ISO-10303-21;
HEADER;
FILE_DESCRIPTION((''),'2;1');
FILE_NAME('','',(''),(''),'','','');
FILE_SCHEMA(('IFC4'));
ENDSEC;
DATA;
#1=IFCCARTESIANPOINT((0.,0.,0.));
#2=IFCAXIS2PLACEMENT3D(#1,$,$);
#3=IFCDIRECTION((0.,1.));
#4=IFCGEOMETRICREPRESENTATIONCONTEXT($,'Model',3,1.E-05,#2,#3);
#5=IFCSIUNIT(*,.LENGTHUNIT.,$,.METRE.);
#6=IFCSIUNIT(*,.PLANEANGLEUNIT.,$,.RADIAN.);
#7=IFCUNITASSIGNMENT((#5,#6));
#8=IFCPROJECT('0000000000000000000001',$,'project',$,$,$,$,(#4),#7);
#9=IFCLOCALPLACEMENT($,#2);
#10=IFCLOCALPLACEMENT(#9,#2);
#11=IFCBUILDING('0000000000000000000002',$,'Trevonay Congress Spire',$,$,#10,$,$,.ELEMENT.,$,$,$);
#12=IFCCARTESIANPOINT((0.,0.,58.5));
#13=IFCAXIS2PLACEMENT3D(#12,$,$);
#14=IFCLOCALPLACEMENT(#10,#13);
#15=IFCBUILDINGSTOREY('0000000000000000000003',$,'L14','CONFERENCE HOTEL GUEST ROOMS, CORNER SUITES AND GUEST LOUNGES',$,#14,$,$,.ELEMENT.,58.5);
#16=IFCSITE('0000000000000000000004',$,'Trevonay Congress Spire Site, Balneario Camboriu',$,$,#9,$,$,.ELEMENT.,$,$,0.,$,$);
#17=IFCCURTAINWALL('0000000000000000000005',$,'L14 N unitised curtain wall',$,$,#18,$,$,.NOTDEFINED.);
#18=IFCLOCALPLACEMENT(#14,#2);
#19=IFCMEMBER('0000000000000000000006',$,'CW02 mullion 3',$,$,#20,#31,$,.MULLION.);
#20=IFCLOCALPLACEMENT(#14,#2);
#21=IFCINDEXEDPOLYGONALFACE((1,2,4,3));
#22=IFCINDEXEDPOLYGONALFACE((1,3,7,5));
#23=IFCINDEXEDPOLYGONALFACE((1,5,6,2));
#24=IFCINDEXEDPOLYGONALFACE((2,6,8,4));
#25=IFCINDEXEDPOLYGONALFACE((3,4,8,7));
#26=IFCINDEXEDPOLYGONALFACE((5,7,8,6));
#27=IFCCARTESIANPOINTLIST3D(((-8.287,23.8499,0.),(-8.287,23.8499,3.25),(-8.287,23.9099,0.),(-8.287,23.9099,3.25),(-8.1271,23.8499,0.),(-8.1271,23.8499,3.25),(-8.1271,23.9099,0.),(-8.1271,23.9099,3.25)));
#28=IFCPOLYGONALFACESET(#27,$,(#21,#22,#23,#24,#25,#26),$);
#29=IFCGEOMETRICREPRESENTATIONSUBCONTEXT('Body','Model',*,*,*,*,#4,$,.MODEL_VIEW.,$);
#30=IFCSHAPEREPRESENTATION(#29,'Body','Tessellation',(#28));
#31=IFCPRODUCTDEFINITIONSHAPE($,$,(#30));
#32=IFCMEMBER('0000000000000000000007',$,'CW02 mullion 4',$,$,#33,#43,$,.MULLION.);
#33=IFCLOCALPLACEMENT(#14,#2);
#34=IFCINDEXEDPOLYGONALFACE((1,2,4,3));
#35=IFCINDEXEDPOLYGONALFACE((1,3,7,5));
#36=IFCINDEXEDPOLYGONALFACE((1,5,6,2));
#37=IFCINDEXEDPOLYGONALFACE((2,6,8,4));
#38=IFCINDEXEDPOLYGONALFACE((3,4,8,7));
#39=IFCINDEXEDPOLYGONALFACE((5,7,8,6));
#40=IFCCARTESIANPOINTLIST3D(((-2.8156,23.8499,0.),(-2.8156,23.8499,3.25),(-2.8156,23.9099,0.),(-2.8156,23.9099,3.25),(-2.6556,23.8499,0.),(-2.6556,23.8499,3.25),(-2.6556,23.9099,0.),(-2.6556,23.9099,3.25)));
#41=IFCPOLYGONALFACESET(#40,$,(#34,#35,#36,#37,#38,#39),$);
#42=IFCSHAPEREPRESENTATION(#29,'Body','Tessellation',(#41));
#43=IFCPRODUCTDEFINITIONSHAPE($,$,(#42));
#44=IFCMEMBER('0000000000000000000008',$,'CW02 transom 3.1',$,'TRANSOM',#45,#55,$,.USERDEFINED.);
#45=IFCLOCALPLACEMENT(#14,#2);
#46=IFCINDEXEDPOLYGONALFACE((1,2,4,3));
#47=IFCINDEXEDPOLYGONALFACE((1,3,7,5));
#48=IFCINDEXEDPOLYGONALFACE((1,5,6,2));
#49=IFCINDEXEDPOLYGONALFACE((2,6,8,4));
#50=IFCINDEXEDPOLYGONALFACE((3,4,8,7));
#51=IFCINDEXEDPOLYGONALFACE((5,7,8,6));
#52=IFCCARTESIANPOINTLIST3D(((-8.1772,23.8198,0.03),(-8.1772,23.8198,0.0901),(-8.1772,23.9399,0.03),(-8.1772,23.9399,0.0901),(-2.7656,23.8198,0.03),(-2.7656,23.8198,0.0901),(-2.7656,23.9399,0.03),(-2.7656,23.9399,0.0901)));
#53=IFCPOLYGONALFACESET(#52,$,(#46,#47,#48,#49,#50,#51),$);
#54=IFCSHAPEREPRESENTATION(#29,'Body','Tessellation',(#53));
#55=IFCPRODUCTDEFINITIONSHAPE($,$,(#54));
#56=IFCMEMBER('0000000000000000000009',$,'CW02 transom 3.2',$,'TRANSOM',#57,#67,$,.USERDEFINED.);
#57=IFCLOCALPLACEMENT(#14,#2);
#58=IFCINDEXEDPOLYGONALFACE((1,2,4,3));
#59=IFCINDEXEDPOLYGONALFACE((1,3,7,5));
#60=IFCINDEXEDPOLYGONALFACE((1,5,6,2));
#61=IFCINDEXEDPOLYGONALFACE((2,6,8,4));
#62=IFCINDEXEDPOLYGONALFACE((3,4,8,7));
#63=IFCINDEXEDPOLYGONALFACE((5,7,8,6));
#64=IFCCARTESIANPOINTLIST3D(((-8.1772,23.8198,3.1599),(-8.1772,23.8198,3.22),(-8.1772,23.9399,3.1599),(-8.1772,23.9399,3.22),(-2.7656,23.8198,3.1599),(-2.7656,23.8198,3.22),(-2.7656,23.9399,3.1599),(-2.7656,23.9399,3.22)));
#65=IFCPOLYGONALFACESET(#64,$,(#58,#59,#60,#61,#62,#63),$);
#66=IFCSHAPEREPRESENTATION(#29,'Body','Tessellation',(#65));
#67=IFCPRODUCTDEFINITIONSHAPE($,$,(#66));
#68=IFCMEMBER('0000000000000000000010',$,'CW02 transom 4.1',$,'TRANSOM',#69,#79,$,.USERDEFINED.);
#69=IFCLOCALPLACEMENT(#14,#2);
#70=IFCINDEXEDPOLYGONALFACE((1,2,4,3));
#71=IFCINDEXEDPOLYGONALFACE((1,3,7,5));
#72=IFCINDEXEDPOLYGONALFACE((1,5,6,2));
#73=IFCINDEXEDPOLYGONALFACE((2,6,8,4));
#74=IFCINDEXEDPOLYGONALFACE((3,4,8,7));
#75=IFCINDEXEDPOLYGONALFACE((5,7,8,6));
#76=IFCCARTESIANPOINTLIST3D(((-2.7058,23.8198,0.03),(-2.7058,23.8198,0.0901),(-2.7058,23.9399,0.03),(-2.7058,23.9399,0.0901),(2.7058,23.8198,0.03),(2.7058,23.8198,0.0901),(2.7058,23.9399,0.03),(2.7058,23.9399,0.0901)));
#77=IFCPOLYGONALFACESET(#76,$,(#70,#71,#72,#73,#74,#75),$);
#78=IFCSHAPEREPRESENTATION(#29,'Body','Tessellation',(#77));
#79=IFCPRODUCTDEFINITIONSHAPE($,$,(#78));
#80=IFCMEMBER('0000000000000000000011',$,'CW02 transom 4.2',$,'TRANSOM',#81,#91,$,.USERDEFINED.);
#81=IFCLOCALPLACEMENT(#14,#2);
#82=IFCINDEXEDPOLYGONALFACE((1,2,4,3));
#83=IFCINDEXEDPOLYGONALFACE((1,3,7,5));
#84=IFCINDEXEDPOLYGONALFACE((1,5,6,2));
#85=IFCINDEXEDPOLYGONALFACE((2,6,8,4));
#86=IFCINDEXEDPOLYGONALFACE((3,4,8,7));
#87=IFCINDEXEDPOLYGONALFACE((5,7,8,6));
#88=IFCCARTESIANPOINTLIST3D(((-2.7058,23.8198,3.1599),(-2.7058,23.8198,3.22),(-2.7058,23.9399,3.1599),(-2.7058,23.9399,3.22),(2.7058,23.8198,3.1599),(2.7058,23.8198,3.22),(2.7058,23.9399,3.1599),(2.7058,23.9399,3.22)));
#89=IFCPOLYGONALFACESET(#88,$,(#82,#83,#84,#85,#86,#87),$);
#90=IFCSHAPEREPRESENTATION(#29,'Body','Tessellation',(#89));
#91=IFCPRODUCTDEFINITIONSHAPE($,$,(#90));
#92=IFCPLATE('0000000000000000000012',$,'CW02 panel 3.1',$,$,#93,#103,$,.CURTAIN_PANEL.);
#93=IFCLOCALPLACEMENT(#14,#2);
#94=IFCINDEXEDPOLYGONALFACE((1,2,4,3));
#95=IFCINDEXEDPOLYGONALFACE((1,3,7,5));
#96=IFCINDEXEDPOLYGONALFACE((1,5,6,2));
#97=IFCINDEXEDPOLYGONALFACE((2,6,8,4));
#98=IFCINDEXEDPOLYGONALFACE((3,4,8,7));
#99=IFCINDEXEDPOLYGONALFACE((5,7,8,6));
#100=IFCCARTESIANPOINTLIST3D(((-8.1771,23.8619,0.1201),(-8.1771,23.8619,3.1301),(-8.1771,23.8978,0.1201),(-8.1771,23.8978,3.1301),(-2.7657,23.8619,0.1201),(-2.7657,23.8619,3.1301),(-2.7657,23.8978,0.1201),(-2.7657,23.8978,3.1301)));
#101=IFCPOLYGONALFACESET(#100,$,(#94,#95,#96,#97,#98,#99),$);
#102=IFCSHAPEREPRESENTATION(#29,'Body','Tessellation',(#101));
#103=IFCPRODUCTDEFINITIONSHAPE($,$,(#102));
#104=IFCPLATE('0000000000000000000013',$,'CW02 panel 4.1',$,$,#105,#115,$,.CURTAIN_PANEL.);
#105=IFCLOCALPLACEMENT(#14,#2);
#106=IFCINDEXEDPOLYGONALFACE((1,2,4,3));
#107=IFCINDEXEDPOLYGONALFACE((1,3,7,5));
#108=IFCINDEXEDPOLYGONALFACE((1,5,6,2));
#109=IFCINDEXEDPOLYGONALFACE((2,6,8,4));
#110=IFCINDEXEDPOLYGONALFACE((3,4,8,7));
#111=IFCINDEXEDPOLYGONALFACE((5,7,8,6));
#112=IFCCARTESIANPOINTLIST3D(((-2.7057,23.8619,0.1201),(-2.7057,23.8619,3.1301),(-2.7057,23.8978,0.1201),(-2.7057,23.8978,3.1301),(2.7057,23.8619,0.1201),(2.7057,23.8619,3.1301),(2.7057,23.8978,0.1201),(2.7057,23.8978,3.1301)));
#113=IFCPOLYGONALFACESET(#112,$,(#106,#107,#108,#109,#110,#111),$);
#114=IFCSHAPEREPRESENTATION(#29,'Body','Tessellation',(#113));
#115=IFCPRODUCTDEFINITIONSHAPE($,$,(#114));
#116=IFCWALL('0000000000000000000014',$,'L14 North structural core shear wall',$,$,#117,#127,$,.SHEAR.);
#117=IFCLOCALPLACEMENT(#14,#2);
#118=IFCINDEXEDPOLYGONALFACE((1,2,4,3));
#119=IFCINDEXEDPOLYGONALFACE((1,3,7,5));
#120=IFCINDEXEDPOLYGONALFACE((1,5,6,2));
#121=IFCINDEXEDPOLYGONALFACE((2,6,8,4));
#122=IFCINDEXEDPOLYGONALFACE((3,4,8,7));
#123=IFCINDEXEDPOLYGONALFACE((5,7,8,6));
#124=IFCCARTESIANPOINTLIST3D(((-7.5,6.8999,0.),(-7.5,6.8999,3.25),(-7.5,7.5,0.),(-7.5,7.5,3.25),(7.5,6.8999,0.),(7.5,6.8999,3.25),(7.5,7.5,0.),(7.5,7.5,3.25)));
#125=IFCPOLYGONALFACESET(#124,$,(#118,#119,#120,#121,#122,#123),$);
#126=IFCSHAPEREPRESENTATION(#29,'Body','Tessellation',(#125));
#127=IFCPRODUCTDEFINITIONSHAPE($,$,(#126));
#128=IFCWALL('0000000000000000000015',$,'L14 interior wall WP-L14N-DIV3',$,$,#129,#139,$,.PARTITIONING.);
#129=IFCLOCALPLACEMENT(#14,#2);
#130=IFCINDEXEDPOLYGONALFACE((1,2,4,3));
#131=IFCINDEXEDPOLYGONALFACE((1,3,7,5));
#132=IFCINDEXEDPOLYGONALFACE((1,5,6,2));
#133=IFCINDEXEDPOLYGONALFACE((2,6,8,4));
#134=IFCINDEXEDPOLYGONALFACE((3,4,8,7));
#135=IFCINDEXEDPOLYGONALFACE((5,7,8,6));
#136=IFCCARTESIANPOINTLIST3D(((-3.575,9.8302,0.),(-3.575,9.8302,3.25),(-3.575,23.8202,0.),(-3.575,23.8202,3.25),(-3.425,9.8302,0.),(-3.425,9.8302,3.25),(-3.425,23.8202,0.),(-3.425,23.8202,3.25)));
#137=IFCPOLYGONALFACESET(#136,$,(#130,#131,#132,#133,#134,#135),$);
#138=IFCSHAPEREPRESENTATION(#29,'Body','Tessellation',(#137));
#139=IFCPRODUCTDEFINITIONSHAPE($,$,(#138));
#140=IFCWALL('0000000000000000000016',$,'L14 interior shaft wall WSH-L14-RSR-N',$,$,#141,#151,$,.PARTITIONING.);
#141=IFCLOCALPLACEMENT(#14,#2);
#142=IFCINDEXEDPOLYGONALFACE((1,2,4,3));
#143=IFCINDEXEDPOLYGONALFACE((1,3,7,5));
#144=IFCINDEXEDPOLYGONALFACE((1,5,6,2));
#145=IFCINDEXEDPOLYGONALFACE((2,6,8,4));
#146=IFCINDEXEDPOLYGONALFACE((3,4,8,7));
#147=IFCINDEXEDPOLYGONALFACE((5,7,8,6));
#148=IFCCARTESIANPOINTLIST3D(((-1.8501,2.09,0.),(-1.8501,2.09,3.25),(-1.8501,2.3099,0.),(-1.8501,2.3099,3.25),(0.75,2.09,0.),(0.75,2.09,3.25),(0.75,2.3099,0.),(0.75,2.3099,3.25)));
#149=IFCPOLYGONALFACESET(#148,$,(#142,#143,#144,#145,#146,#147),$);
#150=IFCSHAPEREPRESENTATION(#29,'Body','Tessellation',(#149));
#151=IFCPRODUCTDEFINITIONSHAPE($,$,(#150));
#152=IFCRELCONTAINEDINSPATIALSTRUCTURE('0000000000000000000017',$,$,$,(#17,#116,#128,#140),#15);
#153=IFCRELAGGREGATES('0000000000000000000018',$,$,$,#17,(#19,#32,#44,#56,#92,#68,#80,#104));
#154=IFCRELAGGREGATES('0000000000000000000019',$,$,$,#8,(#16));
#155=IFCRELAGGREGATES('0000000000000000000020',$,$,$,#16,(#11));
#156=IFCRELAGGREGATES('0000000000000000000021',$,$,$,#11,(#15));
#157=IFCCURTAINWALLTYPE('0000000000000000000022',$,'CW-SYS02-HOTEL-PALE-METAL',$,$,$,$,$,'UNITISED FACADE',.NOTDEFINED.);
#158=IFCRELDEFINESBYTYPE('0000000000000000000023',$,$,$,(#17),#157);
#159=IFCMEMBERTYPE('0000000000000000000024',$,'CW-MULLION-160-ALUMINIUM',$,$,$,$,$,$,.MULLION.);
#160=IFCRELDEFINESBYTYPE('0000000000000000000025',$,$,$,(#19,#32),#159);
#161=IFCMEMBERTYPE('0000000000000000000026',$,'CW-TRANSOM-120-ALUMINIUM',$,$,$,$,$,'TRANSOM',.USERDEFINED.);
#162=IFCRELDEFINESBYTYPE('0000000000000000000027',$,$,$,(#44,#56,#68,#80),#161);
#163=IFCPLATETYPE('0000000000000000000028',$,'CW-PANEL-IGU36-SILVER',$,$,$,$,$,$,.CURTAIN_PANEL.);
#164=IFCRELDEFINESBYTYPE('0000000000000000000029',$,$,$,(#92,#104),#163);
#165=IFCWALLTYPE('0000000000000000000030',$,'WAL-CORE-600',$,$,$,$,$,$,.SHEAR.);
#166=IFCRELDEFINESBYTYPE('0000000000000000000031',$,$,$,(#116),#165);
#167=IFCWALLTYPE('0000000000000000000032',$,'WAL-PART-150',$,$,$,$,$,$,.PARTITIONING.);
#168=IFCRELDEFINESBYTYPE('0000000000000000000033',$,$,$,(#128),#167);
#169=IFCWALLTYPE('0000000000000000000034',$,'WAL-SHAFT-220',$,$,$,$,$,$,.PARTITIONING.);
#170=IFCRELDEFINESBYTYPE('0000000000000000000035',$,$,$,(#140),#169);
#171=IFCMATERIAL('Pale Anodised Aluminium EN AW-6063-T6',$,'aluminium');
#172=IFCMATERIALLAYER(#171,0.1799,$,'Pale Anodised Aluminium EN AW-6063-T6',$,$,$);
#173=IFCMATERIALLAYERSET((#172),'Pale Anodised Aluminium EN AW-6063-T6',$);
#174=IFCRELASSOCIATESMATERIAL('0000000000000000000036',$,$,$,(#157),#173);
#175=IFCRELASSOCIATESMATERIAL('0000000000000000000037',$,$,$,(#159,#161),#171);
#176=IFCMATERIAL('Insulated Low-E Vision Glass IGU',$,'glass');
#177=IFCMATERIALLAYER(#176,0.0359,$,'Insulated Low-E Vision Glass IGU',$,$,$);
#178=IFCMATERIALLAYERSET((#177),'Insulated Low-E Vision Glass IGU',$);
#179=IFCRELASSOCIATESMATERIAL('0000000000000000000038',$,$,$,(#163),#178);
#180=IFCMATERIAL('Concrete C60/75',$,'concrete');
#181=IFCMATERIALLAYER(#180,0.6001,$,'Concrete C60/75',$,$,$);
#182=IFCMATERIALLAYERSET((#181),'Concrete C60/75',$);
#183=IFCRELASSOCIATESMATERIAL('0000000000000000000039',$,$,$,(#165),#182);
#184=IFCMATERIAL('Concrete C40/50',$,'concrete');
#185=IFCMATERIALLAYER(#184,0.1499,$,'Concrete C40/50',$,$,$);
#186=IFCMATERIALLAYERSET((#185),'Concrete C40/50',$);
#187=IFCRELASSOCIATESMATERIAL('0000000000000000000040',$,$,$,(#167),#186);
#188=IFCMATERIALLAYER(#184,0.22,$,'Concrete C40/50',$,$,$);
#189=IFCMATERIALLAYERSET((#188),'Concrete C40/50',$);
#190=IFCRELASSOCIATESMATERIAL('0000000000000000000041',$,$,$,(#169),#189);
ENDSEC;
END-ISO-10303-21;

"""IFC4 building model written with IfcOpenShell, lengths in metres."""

from ifc_helpers import new_model, si_unit, direction, frame, frame_2d, origin, origin_2d, place, context, subcontext, project, spatial, rectangle, extrude, material, layer, layer_set, material_profile, profile_set, type_object, element, aggregate, save


model = new_model("IFC4")

# Units and contexts
model_context = context("Model", 3, precision=1e-05, world=origin(), true_north=direction((0.0, 1.0)))
body_context = subcontext(model_context, "Body", "Model", "MODEL_VIEW")
ifc_project = project(units=[si_unit("LENGTHUNIT", "METRE"), si_unit("PLANEANGLEUNIT", "RADIAN")], contexts=[model_context])

# Site, building, storey
site_placement = place(None, origin())
site = spatial("IfcSite", under=ifc_project, at=site_placement, Name="Trevonay Congress Spire Site, Balneario Camboriu", CompositionType="ELEMENT", RefElevation=0.0)
building_placement = place(site_placement, origin())
building = spatial("IfcBuilding", under=site, at=building_placement, Name="Trevonay Congress Spire", CompositionType="ELEMENT")
storey_placement = place(building_placement, frame((0.0, 0.0, 58.5)))
storey = spatial("IfcBuildingStorey", under=building, at=storey_placement, Name="L14", Description="CONFERENCE HOTEL GUEST ROOMS, CORNER SUITES AND GUEST LOUNGES", CompositionType="ELEMENT", Elevation=58.5)

# Curtain wall, members, plates
ifc_material_1 = material(Name="Pale Anodised Aluminium EN AW-6063-T6", Category="aluminium")
ifc_layer_1 = layer(ifc_material_1, 0.1799, Name="Pale Anodised Aluminium EN AW-6063-T6")
ifc_layer_set_1 = layer_set([ifc_layer_1], Name="Pale Anodised Aluminium EN AW-6063-T6")
curtain_wall_type = type_object("IfcCurtainWallType", Name="CW-SYS02-HOTEL-PALE-METAL", ElementType="UNITISED FACADE", PredefinedType="NOTDEFINED", material=ifc_layer_set_1)
curtain_wall_placement = place(storey_placement, origin())
curtain_wall = element("IfcCurtainWall", 1, at=curtain_wall_placement, inside=storey, type_object=curtain_wall_type, Name="L14 N unitised curtain wall", PredefinedType="NOTDEFINED")
ifc_material_profile_1 = material_profile(ifc_material_1, rectangle(XDim=0.0601, YDim=0.1599, at=origin_2d()), Name="CW-MULLION-160-ALUMINIUM")
ifc_profile_set_1 = profile_set([ifc_material_profile_1], Name="Pale Anodised Aluminium EN AW-6063-T6")
member_type_1 = type_object("IfcMemberType", Name="CW-MULLION-160-ALUMINIUM", PredefinedType="MULLION", material=ifc_profile_set_1)
member_1_placement = place(storey_placement, frame((-8.207, 23.8799, 0.0), z_axis=(0.0, 0.0, 1.0), x_axis=(0.0, 1.0, 0.0)))
member_1 = element("IfcMember", 2, at=member_1_placement, type_object=member_type_1, Name="CW02 mullion 3", PredefinedType="MULLION", context=body_context, shape_type="SweptSolid", body=[
    extrude(rectangle(XDim=0.0601, YDim=0.1599, at=origin_2d()), origin(), (0.0, 0.0, 1.0), 3.25),
])
member_2_placement = place(storey_placement, frame((-2.7356, 23.8799, 0.0), z_axis=(0.0, 0.0, 1.0), x_axis=(0.0, 1.0, 0.0)))
member_2 = element("IfcMember", 3, at=member_2_placement, type_object=member_type_1, Name="CW02 mullion 4", PredefinedType="MULLION", context=body_context, shape_type="SweptSolid", body=[
    extrude(rectangle(XDim=0.0601, YDim=0.1599, at=origin_2d()), origin(), (0.0, 0.0, 1.0), 3.25),
])
ifc_material_profile_2 = material_profile(ifc_material_1, rectangle(XDim=0.1201, YDim=0.0601, at=origin_2d()), Name="CW-TRANSOM-120-ALUMINIUM")
ifc_profile_set_2 = profile_set([ifc_material_profile_2], Name="Pale Anodised Aluminium EN AW-6063-T6")
member_type_2 = type_object("IfcMemberType", Name="CW-TRANSOM-120-ALUMINIUM", ElementType="TRANSOM", PredefinedType="USERDEFINED", material=ifc_profile_set_2)
member_3_placement = place(storey_placement, frame((-8.1772, 23.8799, 0.0601), z_axis=(1.0, 0.0, 0.0), x_axis=(0.0, 1.0, 0.0)))
member_3 = element("IfcMember", 4, at=member_3_placement, type_object=member_type_2, Name="CW02 transom 3.1", ObjectType="TRANSOM", PredefinedType="USERDEFINED", context=body_context, shape_type="SweptSolid", body=[
    extrude(rectangle(XDim=0.1201, YDim=0.0601, at=origin_2d()), origin(), (0.0, 0.0, 1.0), 5.4116),
])
member_4_placement = place(storey_placement, frame((-8.1772, 23.8799, 3.1899), z_axis=(1.0, 0.0, 0.0), x_axis=(0.0, 1.0, 0.0)))
member_4 = element("IfcMember", 5, at=member_4_placement, type_object=member_type_2, Name="CW02 transom 3.2", ObjectType="TRANSOM", PredefinedType="USERDEFINED", context=body_context, shape_type="SweptSolid", body=[
    extrude(rectangle(XDim=0.1201, YDim=0.0601, at=origin_2d()), origin(), (0.0, 0.0, 1.0), 5.4116),
])
member_5_placement = place(storey_placement, frame((-2.7058, 23.8799, 0.0601), z_axis=(1.0, 0.0, 0.0), x_axis=(0.0, 1.0, 0.0)))
member_5 = element("IfcMember", 6, at=member_5_placement, type_object=member_type_2, Name="CW02 transom 4.1", ObjectType="TRANSOM", PredefinedType="USERDEFINED", context=body_context, shape_type="SweptSolid", body=[
    extrude(rectangle(XDim=0.1201, YDim=0.0601, at=origin_2d()), origin(), (0.0, 0.0, 1.0), 5.4116),
])
member_6_placement = place(storey_placement, frame((-2.7058, 23.8799, 3.1899), z_axis=(1.0, 0.0, 0.0), x_axis=(0.0, 1.0, 0.0)))
member_6 = element("IfcMember", 7, at=member_6_placement, type_object=member_type_2, Name="CW02 transom 4.2", ObjectType="TRANSOM", PredefinedType="USERDEFINED", context=body_context, shape_type="SweptSolid", body=[
    extrude(rectangle(XDim=0.1201, YDim=0.0601, at=origin_2d()), origin(), (0.0, 0.0, 1.0), 5.4116),
])
ifc_material_2 = material(Name="Insulated Low-E Vision Glass IGU", Category="glass")
ifc_layer_2 = layer(ifc_material_2, 0.0359, Name="Insulated Low-E Vision Glass IGU")
ifc_layer_set_2 = layer_set([ifc_layer_2], Name="Insulated Low-E Vision Glass IGU")
plate_type = type_object("IfcPlateType", Name="CW-PANEL-IGU36-SILVER", PredefinedType="CURTAIN_PANEL", material=ifc_layer_set_2)
plate_1_placement = place(storey_placement, frame((-5.4714, 23.8799, 0.1201), z_axis=(0.0, 0.0, 1.0), x_axis=(1.0, 0.0, 0.0)))
plate_1 = element("IfcPlate", 8, at=plate_1_placement, type_object=plate_type, Name="CW02 panel 3.1", PredefinedType="CURTAIN_PANEL", context=body_context, shape_type="SweptSolid", body=[
    extrude(rectangle(XDim=5.4114, YDim=0.0359, at=origin_2d()), origin(), (0.0, 0.0, 1.0), 3.01),
])
plate_2_placement = place(storey_placement, frame((0.0, 23.8799, 0.1201), z_axis=(0.0, 0.0, 1.0), x_axis=(1.0, 0.0, 0.0)))
plate_2 = element("IfcPlate", 9, at=plate_2_placement, type_object=plate_type, Name="CW02 panel 4.1", PredefinedType="CURTAIN_PANEL", context=body_context, shape_type="SweptSolid", body=[
    extrude(rectangle(XDim=5.4114, YDim=0.0359, at=origin_2d()), origin(), (0.0, 0.0, 1.0), 3.01),
])
aggregate(curtain_wall, [member_1, member_2, member_3, member_4, plate_1, member_5, member_6, plate_2])

# Walls
ifc_material_3 = material(Name="Concrete C60/75", Category="concrete")
ifc_layer_3 = layer(ifc_material_3, 0.6001, Name="Concrete C60/75")
ifc_layer_set_3 = layer_set([ifc_layer_3], Name="Concrete C60/75")
wall_type_1 = type_object("IfcWallType", Name="WAL-CORE-600", PredefinedType="SHEAR", material=ifc_layer_set_3)
wall_1_placement = place(storey_placement, frame((-7.5, 7.2, 0.0), z_axis=(0.0, 0.0, 1.0), x_axis=(1.0, 0.0, 0.0)))
element("IfcWall", 10, at=wall_1_placement, inside=storey, type_object=wall_type_1, Name="L14 North structural core shear wall", PredefinedType="SHEAR", context=body_context, shape_type="SweptSolid", body=[
    extrude(rectangle(XDim=15.0, YDim=0.6001, at=frame_2d((7.5, 0.0))), origin(), (0.0, 0.0, 1.0), 3.25),
])
ifc_material_4 = material(Name="Concrete C40/50", Category="concrete")
ifc_layer_4 = layer(ifc_material_4, 0.1499, Name="Concrete C40/50")
ifc_layer_set_4 = layer_set([ifc_layer_4], Name="Concrete C40/50")
wall_type_2 = type_object("IfcWallType", Name="WAL-PART-150", PredefinedType="PARTITIONING", material=ifc_layer_set_4)
wall_2_placement = place(storey_placement, frame((-3.5, 9.8301, 0.0), z_axis=(0.0, 0.0, 1.0), x_axis=(0.0, 1.0, 0.0)))
element("IfcWall", 11, at=wall_2_placement, inside=storey, type_object=wall_type_2, Name="L14 interior wall WP-L14N-DIV3", PredefinedType="PARTITIONING", context=body_context, shape_type="SweptSolid", body=[
    extrude(rectangle(XDim=13.99, YDim=0.1499, at=frame_2d((6.9951, 0.0))), origin(), (0.0, 0.0, 1.0), 3.25),
])
ifc_layer_5 = layer(ifc_material_4, 0.22, Name="Concrete C40/50")
ifc_layer_set_5 = layer_set([ifc_layer_5], Name="Concrete C40/50")
wall_type_3 = type_object("IfcWallType", Name="WAL-SHAFT-220", PredefinedType="PARTITIONING", material=ifc_layer_set_5)
wall_3_placement = place(storey_placement, frame((-1.8501, 2.2, 0.0), z_axis=(0.0, 0.0, 1.0), x_axis=(1.0, 0.0, 0.0)))
element("IfcWall", 12, at=wall_3_placement, inside=storey, type_object=wall_type_3, Name="L14 interior shaft wall WSH-L14-RSR-N", PredefinedType="PARTITIONING", context=body_context, shape_type="SweptSolid", body=[
    extrude(rectangle(XDim=2.6001, YDim=0.22, at=frame_2d((1.3, 0.0))), origin(), (0.0, 0.0, 1.0), 3.25),
])

save(model, "model.ifc")
